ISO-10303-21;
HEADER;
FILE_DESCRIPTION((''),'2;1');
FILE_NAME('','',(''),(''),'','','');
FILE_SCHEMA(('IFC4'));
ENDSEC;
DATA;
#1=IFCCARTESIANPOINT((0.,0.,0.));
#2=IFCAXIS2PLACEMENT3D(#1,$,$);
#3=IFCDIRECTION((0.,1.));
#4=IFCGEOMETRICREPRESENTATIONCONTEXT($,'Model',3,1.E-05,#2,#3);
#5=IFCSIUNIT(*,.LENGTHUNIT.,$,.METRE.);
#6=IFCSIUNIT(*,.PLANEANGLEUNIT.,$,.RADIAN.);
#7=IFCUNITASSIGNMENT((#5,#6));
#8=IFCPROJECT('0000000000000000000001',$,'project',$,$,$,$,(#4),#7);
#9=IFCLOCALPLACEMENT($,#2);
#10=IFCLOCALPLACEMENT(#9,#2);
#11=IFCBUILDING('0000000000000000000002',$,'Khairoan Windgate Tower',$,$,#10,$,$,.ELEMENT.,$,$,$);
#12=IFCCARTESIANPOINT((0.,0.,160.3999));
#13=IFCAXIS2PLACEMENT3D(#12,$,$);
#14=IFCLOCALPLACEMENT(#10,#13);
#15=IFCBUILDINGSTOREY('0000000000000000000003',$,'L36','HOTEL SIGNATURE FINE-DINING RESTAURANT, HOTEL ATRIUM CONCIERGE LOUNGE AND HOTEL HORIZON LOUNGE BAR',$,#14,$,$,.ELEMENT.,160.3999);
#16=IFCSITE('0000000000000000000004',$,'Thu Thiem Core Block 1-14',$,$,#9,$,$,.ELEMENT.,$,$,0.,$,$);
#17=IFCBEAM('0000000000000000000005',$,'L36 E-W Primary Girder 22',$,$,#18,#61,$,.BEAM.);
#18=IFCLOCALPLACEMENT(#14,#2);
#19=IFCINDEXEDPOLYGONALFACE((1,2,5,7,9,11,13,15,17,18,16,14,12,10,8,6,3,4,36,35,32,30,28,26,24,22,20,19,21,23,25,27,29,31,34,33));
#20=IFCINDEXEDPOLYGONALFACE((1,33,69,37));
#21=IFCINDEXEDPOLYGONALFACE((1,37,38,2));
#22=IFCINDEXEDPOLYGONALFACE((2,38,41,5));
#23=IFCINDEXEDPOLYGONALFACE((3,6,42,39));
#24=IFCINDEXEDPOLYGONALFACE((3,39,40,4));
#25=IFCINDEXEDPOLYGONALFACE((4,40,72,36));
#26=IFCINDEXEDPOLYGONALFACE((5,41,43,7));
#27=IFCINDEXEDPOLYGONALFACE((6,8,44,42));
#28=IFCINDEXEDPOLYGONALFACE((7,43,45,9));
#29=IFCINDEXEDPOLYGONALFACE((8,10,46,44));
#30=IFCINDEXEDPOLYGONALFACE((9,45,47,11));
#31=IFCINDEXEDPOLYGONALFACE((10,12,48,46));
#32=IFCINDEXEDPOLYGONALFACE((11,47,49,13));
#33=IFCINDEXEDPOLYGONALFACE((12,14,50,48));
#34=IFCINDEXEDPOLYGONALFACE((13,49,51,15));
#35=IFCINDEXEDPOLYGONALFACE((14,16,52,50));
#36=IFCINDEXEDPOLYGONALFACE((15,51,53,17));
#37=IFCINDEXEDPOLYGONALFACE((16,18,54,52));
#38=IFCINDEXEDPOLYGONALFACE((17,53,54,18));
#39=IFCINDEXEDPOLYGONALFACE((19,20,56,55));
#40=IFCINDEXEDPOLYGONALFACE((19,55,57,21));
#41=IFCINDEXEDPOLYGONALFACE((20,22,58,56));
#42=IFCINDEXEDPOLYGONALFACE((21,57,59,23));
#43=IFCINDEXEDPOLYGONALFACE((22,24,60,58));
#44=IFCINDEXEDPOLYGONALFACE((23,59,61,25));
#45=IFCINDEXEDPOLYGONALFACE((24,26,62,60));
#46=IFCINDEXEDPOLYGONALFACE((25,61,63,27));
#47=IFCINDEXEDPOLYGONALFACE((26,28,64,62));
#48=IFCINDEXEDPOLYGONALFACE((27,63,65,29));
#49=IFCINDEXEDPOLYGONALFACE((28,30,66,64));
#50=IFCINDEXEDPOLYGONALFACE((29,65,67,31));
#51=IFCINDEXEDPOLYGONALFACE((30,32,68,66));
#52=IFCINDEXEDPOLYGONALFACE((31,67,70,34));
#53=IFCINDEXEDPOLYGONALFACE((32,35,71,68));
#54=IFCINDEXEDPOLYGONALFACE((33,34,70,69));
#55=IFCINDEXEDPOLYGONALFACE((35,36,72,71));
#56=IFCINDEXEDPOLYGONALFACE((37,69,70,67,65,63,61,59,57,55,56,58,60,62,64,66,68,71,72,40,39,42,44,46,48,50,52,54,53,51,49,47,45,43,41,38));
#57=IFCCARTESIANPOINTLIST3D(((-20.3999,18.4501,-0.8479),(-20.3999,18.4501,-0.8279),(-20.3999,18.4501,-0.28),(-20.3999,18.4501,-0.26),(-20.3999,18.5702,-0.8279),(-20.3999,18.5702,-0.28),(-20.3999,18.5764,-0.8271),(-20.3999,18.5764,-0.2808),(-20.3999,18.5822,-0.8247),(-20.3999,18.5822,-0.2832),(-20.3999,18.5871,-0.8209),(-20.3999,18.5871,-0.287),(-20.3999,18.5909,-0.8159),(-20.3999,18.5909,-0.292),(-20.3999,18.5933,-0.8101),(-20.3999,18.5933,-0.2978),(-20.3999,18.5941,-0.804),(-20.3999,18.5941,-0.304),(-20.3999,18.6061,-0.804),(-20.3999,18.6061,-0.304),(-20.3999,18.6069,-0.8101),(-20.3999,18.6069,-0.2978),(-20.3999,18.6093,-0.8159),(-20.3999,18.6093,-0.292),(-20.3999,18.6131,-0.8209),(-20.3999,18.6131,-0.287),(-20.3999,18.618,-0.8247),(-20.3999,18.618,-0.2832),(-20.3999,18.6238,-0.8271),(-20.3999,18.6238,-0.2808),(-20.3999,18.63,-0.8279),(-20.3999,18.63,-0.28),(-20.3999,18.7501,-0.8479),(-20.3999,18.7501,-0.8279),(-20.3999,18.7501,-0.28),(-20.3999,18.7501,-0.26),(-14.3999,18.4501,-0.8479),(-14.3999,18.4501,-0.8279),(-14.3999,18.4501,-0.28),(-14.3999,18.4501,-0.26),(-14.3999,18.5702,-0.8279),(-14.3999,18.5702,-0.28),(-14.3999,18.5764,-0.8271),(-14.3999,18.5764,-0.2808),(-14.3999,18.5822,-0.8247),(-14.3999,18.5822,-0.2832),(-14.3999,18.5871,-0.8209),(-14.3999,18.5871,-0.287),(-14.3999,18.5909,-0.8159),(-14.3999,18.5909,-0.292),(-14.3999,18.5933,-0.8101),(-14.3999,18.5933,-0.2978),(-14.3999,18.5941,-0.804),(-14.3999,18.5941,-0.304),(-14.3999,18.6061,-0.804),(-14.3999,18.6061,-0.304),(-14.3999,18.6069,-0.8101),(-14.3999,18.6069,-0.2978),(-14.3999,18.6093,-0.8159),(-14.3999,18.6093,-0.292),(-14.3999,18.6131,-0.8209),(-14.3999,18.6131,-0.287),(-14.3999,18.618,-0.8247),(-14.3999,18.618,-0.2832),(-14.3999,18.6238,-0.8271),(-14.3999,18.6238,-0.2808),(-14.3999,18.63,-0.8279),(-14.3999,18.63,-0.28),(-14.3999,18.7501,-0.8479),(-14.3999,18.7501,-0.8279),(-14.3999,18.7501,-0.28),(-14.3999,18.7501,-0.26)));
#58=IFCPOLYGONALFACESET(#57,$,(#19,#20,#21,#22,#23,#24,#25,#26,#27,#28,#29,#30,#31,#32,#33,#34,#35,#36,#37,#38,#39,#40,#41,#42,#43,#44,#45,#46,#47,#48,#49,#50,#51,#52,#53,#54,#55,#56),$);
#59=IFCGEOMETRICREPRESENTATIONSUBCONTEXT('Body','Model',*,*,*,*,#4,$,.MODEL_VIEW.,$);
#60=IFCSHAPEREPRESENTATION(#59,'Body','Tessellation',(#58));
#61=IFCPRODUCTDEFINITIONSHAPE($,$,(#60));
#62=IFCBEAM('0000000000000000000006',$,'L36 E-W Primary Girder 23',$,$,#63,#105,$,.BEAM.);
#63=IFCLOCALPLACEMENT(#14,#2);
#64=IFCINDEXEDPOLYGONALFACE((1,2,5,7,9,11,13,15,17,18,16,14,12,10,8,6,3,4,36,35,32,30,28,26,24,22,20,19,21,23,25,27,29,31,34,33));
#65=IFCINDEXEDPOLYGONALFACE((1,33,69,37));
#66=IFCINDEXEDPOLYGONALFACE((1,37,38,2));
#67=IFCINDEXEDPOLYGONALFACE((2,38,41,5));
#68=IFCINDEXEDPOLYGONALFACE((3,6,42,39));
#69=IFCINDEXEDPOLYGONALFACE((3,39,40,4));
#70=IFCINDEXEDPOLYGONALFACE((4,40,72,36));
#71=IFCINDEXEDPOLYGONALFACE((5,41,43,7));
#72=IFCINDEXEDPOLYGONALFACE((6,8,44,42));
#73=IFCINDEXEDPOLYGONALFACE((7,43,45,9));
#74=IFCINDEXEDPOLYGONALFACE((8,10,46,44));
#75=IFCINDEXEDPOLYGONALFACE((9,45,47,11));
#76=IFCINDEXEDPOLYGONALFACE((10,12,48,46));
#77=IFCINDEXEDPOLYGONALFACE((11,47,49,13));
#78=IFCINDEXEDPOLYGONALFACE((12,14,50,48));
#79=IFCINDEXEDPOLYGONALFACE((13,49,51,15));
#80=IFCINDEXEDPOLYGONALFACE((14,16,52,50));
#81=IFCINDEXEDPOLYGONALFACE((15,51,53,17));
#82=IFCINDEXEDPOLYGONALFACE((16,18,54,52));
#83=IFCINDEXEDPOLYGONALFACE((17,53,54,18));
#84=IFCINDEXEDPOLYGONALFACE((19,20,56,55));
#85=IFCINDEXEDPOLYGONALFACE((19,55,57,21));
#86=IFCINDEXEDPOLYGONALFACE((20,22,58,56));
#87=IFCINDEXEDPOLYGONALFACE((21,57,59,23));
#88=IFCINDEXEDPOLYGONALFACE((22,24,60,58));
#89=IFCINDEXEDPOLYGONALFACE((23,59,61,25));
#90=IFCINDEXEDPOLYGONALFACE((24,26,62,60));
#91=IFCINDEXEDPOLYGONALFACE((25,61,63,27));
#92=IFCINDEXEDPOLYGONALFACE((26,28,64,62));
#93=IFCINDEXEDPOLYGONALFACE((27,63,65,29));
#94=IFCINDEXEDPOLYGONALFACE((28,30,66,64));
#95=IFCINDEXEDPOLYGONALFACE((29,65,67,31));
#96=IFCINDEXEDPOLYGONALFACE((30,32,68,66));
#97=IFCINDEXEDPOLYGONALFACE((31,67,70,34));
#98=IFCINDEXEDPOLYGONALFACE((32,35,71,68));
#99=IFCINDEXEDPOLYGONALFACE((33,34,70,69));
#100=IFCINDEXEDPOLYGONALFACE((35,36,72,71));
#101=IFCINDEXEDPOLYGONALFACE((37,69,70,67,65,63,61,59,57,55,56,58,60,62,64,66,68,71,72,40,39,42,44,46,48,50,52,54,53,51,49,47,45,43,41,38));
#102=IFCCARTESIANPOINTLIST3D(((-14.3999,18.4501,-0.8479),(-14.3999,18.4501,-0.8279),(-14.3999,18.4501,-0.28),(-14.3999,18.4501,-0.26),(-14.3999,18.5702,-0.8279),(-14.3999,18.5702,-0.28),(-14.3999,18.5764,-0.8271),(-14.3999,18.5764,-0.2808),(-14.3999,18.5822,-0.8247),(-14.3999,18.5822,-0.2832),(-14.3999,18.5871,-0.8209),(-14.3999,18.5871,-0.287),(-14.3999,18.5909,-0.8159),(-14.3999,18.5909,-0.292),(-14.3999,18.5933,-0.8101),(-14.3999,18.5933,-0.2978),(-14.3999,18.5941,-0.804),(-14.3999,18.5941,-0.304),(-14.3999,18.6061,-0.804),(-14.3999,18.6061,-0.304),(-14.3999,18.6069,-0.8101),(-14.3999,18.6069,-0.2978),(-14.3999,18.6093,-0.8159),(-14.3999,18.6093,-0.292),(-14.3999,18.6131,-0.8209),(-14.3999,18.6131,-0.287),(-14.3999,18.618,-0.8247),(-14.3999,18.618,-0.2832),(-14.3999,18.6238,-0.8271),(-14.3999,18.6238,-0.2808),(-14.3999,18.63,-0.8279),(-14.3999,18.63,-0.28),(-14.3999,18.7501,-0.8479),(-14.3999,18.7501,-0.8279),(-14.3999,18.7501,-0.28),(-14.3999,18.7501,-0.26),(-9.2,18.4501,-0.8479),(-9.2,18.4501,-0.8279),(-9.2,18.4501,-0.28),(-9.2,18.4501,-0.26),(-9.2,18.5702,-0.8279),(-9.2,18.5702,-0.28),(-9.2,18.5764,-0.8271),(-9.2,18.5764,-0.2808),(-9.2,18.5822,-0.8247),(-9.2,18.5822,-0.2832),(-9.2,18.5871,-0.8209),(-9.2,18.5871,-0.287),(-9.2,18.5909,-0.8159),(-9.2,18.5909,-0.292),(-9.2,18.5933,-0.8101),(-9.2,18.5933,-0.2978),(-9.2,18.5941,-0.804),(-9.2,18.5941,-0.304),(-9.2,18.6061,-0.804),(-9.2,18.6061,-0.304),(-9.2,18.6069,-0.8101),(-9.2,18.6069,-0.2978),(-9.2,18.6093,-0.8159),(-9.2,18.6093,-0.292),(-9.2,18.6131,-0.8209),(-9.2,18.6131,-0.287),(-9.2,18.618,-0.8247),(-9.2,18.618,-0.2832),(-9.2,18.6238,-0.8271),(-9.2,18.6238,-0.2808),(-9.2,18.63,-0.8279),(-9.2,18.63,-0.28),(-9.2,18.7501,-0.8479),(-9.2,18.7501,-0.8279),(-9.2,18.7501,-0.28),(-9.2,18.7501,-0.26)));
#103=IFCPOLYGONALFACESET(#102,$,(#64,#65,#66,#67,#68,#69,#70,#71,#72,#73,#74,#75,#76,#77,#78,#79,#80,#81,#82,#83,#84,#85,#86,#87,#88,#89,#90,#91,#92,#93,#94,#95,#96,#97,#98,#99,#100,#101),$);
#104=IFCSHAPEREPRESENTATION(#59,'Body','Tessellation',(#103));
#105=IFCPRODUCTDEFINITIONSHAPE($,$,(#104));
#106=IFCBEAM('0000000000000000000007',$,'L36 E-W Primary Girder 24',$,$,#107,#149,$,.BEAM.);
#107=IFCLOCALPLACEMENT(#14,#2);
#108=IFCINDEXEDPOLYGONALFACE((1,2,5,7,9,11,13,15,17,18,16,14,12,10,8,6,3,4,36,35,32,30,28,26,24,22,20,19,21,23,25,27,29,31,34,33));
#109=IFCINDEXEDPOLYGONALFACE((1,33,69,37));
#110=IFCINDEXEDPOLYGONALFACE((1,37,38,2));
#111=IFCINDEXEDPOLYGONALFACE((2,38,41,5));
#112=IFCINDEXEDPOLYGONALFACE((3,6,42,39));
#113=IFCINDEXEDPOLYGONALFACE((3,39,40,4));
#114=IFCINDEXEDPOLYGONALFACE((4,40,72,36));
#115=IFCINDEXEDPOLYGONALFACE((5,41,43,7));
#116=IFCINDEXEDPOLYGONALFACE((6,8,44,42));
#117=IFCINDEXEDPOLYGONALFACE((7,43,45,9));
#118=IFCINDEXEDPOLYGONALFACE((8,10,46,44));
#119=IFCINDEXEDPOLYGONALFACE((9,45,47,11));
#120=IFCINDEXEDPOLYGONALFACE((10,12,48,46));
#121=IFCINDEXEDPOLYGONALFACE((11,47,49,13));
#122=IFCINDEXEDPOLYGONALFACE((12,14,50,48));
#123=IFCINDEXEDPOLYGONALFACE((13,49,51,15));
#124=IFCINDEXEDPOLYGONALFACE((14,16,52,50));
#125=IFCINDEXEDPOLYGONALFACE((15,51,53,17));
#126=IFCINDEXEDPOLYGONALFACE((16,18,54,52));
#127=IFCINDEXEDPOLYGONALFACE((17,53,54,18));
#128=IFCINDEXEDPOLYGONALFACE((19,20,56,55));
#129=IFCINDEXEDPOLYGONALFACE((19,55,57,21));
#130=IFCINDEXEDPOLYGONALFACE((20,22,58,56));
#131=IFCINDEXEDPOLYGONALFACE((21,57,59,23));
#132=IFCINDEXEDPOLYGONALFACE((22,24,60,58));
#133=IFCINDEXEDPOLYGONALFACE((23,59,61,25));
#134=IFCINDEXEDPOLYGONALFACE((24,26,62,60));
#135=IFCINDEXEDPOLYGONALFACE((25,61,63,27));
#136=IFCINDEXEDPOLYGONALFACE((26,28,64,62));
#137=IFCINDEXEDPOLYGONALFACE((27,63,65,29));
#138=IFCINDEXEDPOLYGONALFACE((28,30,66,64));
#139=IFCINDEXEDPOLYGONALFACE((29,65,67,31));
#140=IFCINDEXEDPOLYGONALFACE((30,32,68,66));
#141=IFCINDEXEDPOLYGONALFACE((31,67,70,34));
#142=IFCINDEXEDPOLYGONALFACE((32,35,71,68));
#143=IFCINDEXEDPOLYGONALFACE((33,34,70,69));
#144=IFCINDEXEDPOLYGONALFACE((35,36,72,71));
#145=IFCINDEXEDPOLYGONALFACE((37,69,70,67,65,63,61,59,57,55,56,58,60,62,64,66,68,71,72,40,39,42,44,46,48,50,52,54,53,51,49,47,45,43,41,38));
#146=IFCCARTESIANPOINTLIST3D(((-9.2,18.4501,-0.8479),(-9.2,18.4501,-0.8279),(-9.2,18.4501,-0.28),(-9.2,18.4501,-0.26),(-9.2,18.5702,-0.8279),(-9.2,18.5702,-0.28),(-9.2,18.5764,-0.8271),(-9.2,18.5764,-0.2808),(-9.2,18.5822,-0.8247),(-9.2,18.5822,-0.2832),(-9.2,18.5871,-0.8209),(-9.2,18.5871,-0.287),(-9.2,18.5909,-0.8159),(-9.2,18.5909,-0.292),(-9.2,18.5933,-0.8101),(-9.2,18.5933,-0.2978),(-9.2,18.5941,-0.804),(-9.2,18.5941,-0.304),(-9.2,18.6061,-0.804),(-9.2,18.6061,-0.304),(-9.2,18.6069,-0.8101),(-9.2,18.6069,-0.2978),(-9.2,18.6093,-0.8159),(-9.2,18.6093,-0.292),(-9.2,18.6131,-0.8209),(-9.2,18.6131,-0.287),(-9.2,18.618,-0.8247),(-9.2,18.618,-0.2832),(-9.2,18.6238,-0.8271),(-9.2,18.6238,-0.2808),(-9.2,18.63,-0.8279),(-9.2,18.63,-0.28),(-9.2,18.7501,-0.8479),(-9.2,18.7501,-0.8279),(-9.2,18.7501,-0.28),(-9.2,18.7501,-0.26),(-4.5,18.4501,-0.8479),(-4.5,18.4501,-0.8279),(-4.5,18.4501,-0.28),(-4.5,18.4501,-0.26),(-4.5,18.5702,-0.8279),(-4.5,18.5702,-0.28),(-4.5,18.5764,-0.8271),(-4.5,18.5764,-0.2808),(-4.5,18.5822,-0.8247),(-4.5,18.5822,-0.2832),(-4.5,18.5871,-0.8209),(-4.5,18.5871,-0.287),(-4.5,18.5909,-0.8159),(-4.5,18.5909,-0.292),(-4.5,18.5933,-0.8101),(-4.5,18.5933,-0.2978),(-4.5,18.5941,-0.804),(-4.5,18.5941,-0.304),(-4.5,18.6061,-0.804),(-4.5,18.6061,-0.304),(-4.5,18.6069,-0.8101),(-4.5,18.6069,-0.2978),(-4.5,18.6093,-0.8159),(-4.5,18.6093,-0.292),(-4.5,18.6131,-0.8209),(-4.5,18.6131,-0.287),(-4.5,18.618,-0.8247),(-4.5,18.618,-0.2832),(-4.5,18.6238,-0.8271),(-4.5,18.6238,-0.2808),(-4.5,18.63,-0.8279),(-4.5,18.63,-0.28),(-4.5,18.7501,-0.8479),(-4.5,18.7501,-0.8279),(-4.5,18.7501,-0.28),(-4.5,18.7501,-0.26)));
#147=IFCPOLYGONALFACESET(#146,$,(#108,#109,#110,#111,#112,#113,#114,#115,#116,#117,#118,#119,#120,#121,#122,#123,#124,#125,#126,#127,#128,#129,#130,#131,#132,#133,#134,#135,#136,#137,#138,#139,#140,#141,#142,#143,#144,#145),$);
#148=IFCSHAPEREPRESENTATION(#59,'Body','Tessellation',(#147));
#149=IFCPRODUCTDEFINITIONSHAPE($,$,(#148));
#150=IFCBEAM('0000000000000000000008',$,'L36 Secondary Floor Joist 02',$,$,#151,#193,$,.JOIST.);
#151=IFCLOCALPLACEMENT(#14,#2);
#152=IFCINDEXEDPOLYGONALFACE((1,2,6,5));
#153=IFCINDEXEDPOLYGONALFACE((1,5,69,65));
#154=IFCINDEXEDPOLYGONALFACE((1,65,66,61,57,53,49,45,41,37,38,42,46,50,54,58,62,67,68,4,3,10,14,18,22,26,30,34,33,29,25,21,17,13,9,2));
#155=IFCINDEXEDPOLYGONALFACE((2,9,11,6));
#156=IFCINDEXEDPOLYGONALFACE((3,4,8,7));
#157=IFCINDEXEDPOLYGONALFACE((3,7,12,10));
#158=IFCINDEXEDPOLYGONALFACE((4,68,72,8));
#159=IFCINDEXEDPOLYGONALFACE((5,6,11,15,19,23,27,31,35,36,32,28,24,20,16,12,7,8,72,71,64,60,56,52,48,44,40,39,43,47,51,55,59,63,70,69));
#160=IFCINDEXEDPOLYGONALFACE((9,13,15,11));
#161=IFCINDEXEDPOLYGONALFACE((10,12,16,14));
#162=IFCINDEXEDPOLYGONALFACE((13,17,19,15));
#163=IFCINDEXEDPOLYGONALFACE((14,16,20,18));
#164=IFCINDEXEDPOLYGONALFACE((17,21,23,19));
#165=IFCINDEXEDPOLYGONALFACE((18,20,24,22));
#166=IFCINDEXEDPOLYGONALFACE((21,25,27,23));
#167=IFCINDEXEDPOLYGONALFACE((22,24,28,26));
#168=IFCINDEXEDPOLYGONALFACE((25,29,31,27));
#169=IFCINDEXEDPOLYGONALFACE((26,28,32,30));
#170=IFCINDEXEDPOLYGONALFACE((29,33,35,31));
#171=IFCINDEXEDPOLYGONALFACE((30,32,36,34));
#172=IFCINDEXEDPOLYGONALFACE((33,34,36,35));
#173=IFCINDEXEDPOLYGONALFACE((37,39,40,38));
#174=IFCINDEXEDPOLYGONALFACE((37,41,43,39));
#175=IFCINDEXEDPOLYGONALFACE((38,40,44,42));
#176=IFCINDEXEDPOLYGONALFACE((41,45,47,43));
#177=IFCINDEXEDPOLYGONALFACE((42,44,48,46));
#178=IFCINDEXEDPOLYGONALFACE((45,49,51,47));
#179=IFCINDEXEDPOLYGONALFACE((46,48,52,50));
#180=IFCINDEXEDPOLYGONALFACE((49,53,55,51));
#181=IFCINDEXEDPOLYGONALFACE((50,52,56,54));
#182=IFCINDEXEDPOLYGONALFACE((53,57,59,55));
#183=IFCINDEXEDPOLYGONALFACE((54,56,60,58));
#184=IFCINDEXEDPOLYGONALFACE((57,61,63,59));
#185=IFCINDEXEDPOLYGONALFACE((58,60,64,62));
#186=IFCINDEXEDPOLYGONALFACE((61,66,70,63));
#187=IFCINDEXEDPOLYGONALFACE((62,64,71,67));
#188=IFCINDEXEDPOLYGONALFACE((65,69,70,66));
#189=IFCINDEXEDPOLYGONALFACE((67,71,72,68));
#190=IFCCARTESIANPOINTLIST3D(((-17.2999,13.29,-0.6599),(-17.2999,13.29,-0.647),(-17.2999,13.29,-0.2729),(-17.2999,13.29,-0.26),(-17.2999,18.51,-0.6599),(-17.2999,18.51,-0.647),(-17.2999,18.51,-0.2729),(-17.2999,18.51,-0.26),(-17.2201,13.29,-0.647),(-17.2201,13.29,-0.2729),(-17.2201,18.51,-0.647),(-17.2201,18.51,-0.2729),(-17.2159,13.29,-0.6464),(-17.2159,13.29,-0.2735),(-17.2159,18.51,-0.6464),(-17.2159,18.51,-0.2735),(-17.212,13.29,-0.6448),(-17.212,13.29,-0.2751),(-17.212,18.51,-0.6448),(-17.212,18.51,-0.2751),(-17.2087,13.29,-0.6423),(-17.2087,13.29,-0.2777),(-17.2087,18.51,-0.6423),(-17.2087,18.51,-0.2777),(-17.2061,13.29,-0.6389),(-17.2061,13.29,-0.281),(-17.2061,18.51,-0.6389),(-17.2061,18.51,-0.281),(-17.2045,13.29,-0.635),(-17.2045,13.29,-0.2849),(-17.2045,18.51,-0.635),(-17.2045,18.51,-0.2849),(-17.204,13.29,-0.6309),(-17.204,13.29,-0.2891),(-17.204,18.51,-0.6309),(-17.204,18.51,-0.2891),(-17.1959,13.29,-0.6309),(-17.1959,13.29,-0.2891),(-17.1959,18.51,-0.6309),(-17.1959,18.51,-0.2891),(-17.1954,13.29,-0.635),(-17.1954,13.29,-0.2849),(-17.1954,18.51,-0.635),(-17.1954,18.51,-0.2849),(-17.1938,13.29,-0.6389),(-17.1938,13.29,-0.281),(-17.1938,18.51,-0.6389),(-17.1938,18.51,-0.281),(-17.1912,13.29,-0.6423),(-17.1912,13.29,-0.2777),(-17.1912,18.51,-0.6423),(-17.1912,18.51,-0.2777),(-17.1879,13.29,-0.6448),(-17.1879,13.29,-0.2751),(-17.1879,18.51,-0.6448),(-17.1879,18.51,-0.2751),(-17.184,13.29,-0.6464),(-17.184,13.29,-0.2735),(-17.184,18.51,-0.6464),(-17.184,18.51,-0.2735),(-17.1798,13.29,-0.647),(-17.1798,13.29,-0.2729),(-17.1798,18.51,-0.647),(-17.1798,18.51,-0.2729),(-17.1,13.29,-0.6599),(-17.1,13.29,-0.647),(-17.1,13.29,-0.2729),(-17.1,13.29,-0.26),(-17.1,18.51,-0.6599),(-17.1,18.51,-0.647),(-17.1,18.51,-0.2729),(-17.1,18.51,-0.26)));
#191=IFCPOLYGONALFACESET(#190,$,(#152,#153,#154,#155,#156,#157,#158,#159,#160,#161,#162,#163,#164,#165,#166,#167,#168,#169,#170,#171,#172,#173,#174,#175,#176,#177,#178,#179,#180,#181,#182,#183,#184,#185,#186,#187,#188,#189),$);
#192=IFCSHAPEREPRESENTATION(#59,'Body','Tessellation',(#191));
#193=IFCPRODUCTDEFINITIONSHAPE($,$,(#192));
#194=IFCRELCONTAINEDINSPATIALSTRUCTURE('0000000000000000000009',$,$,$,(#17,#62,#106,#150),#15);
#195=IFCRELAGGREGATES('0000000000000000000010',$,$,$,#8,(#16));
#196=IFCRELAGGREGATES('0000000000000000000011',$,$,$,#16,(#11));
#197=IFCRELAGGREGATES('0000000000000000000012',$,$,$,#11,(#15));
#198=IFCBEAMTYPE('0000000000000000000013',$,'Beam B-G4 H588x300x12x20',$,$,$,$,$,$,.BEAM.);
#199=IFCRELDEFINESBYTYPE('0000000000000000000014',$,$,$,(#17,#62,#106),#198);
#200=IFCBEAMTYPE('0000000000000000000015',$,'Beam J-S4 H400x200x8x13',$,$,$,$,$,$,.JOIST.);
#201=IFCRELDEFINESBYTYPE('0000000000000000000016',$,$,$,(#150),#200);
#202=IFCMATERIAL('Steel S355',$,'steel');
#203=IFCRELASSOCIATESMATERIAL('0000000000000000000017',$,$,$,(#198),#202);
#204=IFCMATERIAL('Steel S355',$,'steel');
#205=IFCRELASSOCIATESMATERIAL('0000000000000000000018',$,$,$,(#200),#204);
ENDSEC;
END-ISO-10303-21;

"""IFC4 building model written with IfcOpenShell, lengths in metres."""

from ifc_helpers import new_model, si_unit, direction, frame, origin, origin_2d, place, context, subcontext, project, spatial, i_section, extrude, material, material_profile, profile_set, type_object, element, save


model = new_model("IFC4")

# Units and contexts
model_context = context("Model", 3, precision=1e-05, world=origin(), true_north=direction((0.0, 1.0)))
body_context = subcontext(model_context, "Body", "Model", "MODEL_VIEW")
ifc_project = project(units=[si_unit("LENGTHUNIT", "METRE"), si_unit("PLANEANGLEUNIT", "RADIAN")], contexts=[model_context])

# Site, building, storey
site_placement = place(None, origin())
site = spatial("IfcSite", under=ifc_project, at=site_placement, Name="Thu Thiem Core Block 1-14", CompositionType="ELEMENT", RefElevation=0.0)
building_placement = place(site_placement, origin())
building = spatial("IfcBuilding", under=site, at=building_placement, Name="Khairoan Windgate Tower", CompositionType="ELEMENT")
storey_placement = place(building_placement, frame((0.0, 0.0, 160.3999)))
storey = spatial("IfcBuildingStorey", under=building, at=storey_placement, Name="L36", Description="HOTEL SIGNATURE FINE-DINING RESTAURANT, HOTEL ATRIUM CONCIERGE LOUNGE AND HOTEL HORIZON LOUNGE BAR", CompositionType="ELEMENT", Elevation=160.3999)

# Beams
ifc_material_1 = material(Name="Steel S355", Category="steel")
ifc_material_profile_1 = material_profile(ifc_material_1, i_section(OverallWidth=0.3, OverallDepth=0.5879, WebThickness=0.012, FlangeThickness=0.02, FilletRadius=0.0239, at=origin_2d()))
ifc_profile_set_1 = profile_set([ifc_material_profile_1], Name="Steel S355")
beam_type_1 = type_object("IfcBeamType", Name="Beam B-G4 H588x300x12x20", PredefinedType="BEAM", material=ifc_profile_set_1)
beam_1_placement = place(storey_placement, frame((-20.3999, 18.6001, -0.554), z_axis=(1.0, 0.0, 0.0), x_axis=(0.0, 1.0, 0.0)))
element("IfcBeam", 1, at=beam_1_placement, inside=storey, type_object=beam_type_1, Name="L36 E-W Primary Girder 22", PredefinedType="BEAM", context=body_context, shape_type="SweptSolid", body=[
    extrude(i_section(OverallWidth=0.3, OverallDepth=0.5879, WebThickness=0.012, FlangeThickness=0.02, FilletRadius=0.0239, at=origin_2d()), origin(), (0.0, 0.0, 1.0), 6.0),
])
beam_2_placement = place(storey_placement, frame((-14.3999, 18.6001, -0.554), z_axis=(1.0, 0.0, 0.0), x_axis=(0.0, 1.0, 0.0)))
element("IfcBeam", 2, at=beam_2_placement, inside=storey, type_object=beam_type_1, Name="L36 E-W Primary Girder 23", PredefinedType="BEAM", context=body_context, shape_type="SweptSolid", body=[
    extrude(i_section(OverallWidth=0.3, OverallDepth=0.5879, WebThickness=0.012, FlangeThickness=0.02, FilletRadius=0.0239, at=origin_2d()), origin(), (0.0, 0.0, 1.0), 5.2),
])
beam_3_placement = place(storey_placement, frame((-9.2, 18.6001, -0.554), z_axis=(1.0, 0.0, 0.0), x_axis=(0.0, 1.0, 0.0)))
element("IfcBeam", 3, at=beam_3_placement, inside=storey, type_object=beam_type_1, Name="L36 E-W Primary Girder 24", PredefinedType="BEAM", context=body_context, shape_type="SweptSolid", body=[
    extrude(i_section(OverallWidth=0.3, OverallDepth=0.5879, WebThickness=0.012, FlangeThickness=0.02, FilletRadius=0.0239, at=origin_2d()), origin(), (0.0, 0.0, 1.0), 4.7),
])
ifc_material_2 = material(Name="Steel S355", Category="steel")
ifc_material_profile_2 = material_profile(ifc_material_2, i_section(OverallWidth=0.2, OverallDepth=0.3999, WebThickness=0.0081, FlangeThickness=0.0129, FilletRadius=0.0161, at=origin_2d()))
ifc_profile_set_2 = profile_set([ifc_material_profile_2], Name="Steel S355")
beam_type_2 = type_object("IfcBeamType", Name="Beam J-S4 H400x200x8x13", PredefinedType="JOIST", material=ifc_profile_set_2)
beam_4_placement = place(storey_placement, frame((-17.2, 13.29, -0.46), z_axis=(0.0, 1.0, 0.0), x_axis=(-1.0, 0.0, 0.0)))
element("IfcBeam", 4, at=beam_4_placement, inside=storey, type_object=beam_type_2, Name="L36 Secondary Floor Joist 02", PredefinedType="JOIST", context=body_context, shape_type="SweptSolid", body=[
    extrude(i_section(OverallWidth=0.2, OverallDepth=0.3999, WebThickness=0.0081, FlangeThickness=0.0129, FilletRadius=0.0161, at=origin_2d()), origin(), (0.0, 0.0, 1.0), 5.22),
])

save(model, "model.ifc")
